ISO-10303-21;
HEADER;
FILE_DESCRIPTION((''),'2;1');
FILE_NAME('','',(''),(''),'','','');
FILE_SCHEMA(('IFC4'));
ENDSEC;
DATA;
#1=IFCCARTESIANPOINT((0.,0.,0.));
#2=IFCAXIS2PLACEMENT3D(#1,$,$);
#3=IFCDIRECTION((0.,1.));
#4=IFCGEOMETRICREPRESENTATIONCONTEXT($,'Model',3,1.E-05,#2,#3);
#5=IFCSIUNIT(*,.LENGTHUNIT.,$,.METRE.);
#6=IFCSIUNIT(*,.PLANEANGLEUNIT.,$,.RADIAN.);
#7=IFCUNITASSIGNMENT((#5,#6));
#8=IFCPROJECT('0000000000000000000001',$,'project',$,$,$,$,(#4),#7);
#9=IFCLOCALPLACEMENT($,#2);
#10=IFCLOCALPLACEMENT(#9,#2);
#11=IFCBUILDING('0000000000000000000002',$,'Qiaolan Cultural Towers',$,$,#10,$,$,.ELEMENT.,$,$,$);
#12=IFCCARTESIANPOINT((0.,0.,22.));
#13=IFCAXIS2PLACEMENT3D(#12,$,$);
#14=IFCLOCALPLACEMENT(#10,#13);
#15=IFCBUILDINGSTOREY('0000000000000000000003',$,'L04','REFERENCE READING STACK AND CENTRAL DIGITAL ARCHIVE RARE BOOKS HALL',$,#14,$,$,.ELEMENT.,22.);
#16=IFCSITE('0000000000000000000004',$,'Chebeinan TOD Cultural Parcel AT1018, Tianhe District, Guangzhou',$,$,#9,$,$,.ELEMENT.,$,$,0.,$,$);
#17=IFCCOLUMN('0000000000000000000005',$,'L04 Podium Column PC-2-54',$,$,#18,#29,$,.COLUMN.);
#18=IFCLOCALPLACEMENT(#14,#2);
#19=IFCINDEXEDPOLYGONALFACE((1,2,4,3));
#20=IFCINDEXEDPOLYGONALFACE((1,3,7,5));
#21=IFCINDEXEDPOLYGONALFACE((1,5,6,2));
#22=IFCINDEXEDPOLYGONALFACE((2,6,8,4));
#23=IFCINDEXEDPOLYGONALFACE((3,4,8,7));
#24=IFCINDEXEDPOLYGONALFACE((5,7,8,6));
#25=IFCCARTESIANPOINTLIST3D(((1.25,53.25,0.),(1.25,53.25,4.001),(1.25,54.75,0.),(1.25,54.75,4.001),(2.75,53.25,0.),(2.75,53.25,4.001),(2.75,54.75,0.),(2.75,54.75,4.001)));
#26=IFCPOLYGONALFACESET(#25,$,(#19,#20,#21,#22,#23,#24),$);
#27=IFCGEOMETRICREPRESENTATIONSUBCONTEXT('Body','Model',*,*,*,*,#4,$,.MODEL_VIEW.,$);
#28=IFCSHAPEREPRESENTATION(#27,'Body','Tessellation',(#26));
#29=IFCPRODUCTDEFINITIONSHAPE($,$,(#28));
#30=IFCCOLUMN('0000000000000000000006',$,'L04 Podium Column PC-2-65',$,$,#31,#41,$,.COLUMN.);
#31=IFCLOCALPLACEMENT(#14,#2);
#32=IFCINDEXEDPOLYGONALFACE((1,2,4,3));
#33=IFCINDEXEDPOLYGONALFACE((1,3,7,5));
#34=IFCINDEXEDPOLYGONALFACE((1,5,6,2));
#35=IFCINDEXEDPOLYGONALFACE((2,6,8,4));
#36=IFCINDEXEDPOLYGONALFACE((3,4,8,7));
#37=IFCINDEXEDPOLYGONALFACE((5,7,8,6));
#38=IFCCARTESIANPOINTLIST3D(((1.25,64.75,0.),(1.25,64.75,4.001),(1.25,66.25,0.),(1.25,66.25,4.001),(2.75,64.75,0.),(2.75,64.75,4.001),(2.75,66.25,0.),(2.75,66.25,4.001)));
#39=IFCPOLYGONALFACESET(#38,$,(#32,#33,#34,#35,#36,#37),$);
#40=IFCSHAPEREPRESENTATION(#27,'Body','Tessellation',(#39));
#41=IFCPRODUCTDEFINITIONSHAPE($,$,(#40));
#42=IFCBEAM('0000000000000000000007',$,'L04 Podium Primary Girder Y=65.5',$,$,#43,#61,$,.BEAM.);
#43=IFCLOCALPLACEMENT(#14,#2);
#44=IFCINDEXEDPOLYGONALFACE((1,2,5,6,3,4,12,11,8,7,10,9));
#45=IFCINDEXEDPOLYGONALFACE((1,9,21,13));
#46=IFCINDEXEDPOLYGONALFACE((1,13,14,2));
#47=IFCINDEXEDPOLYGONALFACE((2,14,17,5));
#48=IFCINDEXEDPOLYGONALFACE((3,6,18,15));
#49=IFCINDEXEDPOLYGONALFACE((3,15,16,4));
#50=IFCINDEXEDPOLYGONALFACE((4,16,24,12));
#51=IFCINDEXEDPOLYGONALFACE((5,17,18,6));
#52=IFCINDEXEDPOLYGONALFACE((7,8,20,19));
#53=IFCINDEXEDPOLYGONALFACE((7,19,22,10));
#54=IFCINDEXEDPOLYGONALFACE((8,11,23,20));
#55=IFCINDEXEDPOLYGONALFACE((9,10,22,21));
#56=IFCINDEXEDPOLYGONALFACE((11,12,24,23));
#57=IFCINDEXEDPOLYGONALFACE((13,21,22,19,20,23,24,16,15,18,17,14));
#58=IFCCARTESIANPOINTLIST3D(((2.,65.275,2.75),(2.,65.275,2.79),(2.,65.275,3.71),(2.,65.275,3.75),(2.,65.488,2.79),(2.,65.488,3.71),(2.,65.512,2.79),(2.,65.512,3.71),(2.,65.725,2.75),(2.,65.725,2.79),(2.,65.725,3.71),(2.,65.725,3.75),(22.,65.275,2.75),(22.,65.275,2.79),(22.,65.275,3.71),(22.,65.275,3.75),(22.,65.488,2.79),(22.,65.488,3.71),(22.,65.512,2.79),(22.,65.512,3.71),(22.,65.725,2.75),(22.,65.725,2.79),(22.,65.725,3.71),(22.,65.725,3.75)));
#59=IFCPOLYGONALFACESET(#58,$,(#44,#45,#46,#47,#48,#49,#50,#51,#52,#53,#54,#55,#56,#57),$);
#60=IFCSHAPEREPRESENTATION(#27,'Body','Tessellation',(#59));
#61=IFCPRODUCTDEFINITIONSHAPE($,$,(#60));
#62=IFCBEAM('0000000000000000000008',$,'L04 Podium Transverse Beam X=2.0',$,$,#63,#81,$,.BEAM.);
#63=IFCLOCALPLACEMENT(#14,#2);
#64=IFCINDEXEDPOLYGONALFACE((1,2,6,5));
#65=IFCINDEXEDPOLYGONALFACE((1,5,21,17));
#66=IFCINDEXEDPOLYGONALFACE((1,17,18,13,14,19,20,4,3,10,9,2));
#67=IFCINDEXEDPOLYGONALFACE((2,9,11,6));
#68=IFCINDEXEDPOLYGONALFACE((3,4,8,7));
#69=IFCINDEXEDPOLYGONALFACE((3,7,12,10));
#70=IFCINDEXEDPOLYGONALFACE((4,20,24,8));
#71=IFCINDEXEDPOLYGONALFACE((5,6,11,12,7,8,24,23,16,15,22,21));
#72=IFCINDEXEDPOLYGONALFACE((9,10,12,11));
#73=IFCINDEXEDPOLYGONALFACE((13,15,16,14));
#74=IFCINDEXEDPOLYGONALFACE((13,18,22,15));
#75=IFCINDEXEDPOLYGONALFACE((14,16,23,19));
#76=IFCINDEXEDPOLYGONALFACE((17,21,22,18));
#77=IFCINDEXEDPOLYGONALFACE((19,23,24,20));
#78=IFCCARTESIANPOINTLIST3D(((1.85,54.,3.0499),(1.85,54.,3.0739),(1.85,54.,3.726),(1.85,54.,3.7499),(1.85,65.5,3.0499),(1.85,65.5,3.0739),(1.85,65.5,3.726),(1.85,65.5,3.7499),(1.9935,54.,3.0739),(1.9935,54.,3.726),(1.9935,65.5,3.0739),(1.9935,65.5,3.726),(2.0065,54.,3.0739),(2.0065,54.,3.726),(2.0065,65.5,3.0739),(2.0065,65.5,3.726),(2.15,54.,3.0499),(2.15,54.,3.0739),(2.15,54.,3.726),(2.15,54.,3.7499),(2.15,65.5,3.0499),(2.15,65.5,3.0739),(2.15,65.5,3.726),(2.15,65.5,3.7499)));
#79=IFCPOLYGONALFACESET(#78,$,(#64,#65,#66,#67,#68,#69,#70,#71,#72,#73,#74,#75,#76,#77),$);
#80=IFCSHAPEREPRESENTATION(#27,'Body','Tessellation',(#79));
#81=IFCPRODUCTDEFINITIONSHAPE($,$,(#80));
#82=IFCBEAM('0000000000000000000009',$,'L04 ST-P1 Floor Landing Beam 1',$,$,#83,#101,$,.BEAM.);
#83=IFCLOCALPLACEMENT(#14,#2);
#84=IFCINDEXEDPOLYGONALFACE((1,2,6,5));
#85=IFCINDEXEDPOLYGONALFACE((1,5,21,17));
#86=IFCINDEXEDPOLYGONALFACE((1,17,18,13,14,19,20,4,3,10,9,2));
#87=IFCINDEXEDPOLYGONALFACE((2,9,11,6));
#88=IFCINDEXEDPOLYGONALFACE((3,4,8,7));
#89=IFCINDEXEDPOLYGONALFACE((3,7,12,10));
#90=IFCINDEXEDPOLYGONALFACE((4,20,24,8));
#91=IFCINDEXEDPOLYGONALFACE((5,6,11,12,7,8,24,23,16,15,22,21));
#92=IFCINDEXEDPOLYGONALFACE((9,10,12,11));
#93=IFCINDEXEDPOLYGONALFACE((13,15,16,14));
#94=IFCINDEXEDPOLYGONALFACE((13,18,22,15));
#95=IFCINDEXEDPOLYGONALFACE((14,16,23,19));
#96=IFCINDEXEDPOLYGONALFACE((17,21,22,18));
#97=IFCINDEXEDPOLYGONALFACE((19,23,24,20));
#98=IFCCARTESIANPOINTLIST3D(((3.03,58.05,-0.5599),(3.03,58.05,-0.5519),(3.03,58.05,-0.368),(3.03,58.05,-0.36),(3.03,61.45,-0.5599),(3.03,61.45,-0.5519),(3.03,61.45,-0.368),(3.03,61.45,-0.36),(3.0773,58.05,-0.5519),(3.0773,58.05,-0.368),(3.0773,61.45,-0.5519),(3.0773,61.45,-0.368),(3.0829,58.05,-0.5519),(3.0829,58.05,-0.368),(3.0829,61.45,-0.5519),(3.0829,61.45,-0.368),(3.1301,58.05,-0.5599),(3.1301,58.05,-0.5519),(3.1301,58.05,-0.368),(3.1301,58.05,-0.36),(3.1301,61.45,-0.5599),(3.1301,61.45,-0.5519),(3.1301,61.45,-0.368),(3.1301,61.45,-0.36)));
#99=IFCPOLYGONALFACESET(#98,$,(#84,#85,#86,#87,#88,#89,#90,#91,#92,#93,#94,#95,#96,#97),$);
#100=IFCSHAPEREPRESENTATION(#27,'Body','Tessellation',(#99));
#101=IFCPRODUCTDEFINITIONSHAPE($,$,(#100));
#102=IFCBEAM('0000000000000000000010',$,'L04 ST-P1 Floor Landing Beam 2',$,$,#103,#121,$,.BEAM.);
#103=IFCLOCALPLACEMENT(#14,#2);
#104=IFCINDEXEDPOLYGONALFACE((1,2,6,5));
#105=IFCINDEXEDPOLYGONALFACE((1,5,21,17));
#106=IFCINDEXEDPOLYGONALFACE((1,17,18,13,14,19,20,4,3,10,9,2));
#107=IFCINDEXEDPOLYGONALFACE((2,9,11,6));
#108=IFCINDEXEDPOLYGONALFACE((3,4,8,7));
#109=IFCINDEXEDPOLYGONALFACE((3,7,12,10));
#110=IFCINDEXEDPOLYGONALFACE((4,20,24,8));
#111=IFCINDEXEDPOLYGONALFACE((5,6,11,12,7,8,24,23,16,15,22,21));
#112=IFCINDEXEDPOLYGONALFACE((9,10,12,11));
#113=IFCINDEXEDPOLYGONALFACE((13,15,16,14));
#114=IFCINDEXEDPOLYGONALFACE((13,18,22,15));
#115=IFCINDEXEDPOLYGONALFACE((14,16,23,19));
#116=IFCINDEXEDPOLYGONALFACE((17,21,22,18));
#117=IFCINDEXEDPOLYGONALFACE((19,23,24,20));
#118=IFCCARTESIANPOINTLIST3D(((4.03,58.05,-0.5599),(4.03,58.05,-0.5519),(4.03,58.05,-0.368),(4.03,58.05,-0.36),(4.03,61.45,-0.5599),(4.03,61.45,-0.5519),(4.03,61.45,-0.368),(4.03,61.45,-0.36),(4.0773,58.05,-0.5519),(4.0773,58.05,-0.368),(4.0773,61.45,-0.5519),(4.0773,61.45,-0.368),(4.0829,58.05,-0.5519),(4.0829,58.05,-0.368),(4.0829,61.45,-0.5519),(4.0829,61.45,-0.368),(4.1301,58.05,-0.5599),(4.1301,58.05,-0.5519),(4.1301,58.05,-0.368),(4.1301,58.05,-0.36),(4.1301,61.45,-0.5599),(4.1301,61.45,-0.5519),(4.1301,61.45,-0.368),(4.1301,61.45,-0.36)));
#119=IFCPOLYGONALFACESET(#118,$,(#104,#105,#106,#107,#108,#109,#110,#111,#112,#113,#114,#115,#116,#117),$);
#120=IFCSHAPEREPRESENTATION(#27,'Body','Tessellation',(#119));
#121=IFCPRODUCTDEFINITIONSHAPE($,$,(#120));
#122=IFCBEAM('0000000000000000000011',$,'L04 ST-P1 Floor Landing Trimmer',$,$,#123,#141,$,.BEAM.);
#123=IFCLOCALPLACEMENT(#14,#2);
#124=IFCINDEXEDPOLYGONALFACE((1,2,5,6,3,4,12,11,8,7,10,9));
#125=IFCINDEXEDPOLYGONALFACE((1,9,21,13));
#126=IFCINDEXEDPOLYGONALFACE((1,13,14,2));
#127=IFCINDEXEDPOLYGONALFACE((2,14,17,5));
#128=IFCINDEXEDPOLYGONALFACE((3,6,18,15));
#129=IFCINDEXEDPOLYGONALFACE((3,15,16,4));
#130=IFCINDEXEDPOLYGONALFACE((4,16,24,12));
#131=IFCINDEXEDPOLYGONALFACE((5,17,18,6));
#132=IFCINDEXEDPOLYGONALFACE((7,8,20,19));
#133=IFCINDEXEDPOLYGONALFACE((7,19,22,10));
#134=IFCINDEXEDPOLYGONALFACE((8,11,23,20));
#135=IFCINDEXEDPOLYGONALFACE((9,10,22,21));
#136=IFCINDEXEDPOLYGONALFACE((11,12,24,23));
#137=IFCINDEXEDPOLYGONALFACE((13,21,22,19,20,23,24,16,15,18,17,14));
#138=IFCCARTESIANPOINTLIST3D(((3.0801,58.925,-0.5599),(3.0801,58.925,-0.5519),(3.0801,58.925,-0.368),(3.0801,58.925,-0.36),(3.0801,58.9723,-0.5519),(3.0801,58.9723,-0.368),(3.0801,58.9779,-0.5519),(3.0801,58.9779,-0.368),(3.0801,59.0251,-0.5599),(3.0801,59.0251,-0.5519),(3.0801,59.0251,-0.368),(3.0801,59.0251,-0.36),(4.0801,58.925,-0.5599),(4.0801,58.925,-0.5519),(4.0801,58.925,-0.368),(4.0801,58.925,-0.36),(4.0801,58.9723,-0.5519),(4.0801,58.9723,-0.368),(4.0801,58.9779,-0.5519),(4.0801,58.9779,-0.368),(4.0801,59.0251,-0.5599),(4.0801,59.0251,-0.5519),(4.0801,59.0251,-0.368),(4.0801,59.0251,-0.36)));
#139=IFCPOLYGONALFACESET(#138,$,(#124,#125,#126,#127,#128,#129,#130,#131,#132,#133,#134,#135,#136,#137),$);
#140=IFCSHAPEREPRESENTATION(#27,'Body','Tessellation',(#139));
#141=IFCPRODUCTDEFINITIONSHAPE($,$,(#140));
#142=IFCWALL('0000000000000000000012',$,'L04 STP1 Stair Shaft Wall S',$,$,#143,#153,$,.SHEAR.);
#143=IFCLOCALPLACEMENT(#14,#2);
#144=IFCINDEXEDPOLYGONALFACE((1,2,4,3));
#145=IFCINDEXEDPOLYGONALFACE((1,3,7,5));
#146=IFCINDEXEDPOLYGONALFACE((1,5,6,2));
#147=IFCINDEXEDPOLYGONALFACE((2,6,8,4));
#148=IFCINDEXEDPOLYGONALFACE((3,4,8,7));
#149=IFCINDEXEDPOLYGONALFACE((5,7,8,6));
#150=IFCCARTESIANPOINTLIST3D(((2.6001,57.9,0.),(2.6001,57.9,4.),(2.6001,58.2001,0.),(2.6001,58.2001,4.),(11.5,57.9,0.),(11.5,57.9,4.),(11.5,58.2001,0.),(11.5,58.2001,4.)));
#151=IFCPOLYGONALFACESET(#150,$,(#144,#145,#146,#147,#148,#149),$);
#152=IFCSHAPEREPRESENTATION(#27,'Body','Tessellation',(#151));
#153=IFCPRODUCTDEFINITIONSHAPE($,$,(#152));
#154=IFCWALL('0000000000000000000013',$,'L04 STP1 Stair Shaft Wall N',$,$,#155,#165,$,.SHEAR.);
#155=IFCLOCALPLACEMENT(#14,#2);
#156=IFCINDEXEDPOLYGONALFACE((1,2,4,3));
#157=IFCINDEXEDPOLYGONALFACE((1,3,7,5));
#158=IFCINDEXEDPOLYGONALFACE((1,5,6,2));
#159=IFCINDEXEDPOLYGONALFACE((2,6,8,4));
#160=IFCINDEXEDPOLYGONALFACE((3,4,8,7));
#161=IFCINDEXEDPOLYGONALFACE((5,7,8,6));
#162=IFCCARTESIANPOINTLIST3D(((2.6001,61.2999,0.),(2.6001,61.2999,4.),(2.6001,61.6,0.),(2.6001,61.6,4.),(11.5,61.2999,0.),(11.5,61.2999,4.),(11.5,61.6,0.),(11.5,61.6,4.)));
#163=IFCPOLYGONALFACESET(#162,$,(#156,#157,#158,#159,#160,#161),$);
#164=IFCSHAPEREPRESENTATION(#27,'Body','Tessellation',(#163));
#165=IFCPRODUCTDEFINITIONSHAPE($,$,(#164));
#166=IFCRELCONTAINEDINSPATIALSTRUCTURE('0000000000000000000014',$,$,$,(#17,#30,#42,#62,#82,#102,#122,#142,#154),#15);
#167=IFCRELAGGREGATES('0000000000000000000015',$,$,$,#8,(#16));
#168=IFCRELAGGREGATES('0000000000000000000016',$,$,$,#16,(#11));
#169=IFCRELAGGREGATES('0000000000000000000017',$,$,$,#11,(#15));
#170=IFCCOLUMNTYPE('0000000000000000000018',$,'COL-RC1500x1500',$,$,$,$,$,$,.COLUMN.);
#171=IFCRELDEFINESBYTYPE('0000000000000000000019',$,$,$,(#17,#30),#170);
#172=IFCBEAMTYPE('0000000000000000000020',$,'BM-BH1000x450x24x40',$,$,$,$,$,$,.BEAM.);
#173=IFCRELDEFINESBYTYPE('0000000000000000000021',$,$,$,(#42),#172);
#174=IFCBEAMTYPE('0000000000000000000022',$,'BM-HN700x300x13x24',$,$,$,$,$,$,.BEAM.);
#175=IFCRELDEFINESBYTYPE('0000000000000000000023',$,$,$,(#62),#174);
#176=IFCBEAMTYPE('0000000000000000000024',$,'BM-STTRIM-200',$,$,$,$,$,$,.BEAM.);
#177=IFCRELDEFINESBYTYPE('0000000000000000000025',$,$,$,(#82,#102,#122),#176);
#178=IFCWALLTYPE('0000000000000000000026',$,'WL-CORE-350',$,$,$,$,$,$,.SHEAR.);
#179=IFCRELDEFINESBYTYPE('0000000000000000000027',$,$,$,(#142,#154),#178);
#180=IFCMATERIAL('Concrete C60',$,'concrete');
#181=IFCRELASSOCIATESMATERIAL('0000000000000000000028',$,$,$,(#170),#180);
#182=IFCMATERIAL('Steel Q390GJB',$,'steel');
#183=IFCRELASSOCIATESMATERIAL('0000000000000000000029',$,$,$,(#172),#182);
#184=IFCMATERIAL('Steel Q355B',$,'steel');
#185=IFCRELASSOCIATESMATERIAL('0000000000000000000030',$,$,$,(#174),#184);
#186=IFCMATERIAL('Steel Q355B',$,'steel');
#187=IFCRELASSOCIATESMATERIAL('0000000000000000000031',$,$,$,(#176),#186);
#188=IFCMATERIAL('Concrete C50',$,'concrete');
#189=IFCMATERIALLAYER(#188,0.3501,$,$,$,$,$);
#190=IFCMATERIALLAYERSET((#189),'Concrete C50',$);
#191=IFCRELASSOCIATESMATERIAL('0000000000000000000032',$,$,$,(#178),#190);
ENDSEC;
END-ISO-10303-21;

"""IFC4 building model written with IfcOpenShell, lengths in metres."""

from ifc_helpers import new_model, si_unit, direction, frame, frame_2d, origin, origin_2d, place, context, subcontext, project, spatial, rectangle, i_section, extrude, material, layer, layer_set, material_profile, profile_set, type_object, element, save


model = new_model("IFC4")

# Units and contexts
model_context = context("Model", 3, precision=1e-05, world=origin(), true_north=direction((0.0, 1.0)))
body_context = subcontext(model_context, "Body", "Model", "MODEL_VIEW")
ifc_project = project(units=[si_unit("LENGTHUNIT", "METRE"), si_unit("PLANEANGLEUNIT", "RADIAN")], contexts=[model_context])

# Site, building, storey
site_placement = place(None, origin())
site = spatial("IfcSite", under=ifc_project, at=site_placement, Name="Chebeinan TOD Cultural Parcel AT1018, Tianhe District, Guangzhou", CompositionType="ELEMENT", RefElevation=0.0)
building_placement = place(site_placement, origin())
building = spatial("IfcBuilding", under=site, at=building_placement, Name="Qiaolan Cultural Towers", CompositionType="ELEMENT")
storey_placement = place(building_placement, frame((0.0, 0.0, 22.0)))
storey = spatial("IfcBuildingStorey", under=building, at=storey_placement, Name="L04", Description="REFERENCE READING STACK AND CENTRAL DIGITAL ARCHIVE RARE BOOKS HALL", CompositionType="ELEMENT", Elevation=22.0)

# Columns
ifc_material_1 = material(Name="Concrete C60", Category="concrete")
ifc_material_profile_1 = material_profile(ifc_material_1, rectangle(XDim=1.5, YDim=1.5, at=origin_2d()), Name="RC1500x1500")
ifc_profile_set_1 = profile_set([ifc_material_profile_1], Name="Concrete C60")
column_type = type_object("IfcColumnType", Name="COL-RC1500x1500", PredefinedType="COLUMN", material=ifc_profile_set_1)
for number, where, z_axis, x_axis, name in (
    (1, (2.0, 54.0, 0.0), (0.0, 0.0, 1.0), (1.0, 0.0, 0.0), "L04 Podium Column PC-2-54"),
    (2, (2.0, 65.5, 0.0), (0.0, 0.0, 1.0), (1.0, 0.0, 0.0), "L04 Podium Column PC-2-65"),
):
    element("IfcColumn", number, at=place(storey_placement, frame(where, z_axis=z_axis, x_axis=x_axis)), inside=storey, type_object=column_type, Name=name, PredefinedType="COLUMN", context=body_context, shape_type="SweptSolid", body=[
        extrude(rectangle(XDim=1.5, YDim=1.5, at=origin_2d()), origin(), (0.0, 0.0, 1.0), 4.001),
    ])

# Beams
ifc_material_2 = material(Name="Steel Q390GJB", Category="steel")
ifc_material_profile_2 = material_profile(ifc_material_2, i_section(OverallWidth=0.45, OverallDepth=1.0, WebThickness=0.0239, FlangeThickness=0.04, at=origin_2d()), Name="BH1000x450x24x40")
ifc_profile_set_2 = profile_set([ifc_material_profile_2], Name="Steel Q390GJB")
beam_type_1 = type_object("IfcBeamType", Name="BM-BH1000x450x24x40", PredefinedType="BEAM", material=ifc_profile_set_2)
beam_1_placement = place(storey_placement, frame((2.0, 65.5, 3.25), z_axis=(1.0, 0.0, 0.0), x_axis=(0.0, 1.0, 0.0)))
element("IfcBeam", 3, at=beam_1_placement, inside=storey, type_object=beam_type_1, Name="L04 Podium Primary Girder Y=65.5", PredefinedType="BEAM", context=body_context, shape_type="SweptSolid", body=[
    extrude(i_section(OverallWidth=0.45, OverallDepth=1.0, WebThickness=0.0239, FlangeThickness=0.04, at=origin_2d()), origin(), (0.0, 0.0, 1.0), 20.0),
])
ifc_material_3 = material(Name="Steel Q355B", Category="steel")
ifc_material_profile_3 = material_profile(ifc_material_3, i_section(OverallWidth=0.3, OverallDepth=0.7, WebThickness=0.0129, FlangeThickness=0.0239, at=origin_2d()), Name="HN700x300x13x24")
ifc_profile_set_3 = profile_set([ifc_material_profile_3], Name="Steel Q355B")
beam_type_2 = type_object("IfcBeamType", Name="BM-HN700x300x13x24", PredefinedType="BEAM", material=ifc_profile_set_3)
beam_2_placement = place(storey_placement, frame((2.0, 54.0, 3.3999), z_axis=(0.0, 1.0, 0.0), x_axis=(-1.0, 0.0, 0.0)))
element("IfcBeam", 4, at=beam_2_placement, inside=storey, type_object=beam_type_2, Name="L04 Podium Transverse Beam X=2.0", PredefinedType="BEAM", context=body_context, shape_type="SweptSolid", body=[
    extrude(i_section(OverallWidth=0.3, OverallDepth=0.7, WebThickness=0.0129, FlangeThickness=0.0239, at=origin_2d()), origin(), (0.0, 0.0, 1.0), 11.5),
])
ifc_material_4 = material(Name="Steel Q355B", Category="steel")
ifc_material_profile_4 = material_profile(ifc_material_4, i_section(OverallWidth=0.1001, OverallDepth=0.2, WebThickness=0.0056, FlangeThickness=0.0081, at=origin_2d()), Name="HN200x100x5.5x8")
ifc_profile_set_4 = profile_set([ifc_material_profile_4], Name="Steel Q355B")
beam_type_3 = type_object("IfcBeamType", Name="BM-STTRIM-200", PredefinedType="BEAM", material=ifc_profile_set_4)
for number, where, z_axis, x_axis, name in (
    (5, (3.0801, 58.05, -0.46), (0.0, 1.0, 0.0), (-1.0, 0.0, 0.0), "L04 ST-P1 Floor Landing Beam 1"),
    (6, (4.0801, 58.05, -0.46), (0.0, 1.0, 0.0), (-1.0, 0.0, 0.0), "L04 ST-P1 Floor Landing Beam 2"),
):
    element("IfcBeam", number, at=place(storey_placement, frame(where, z_axis=z_axis, x_axis=x_axis)), inside=storey, type_object=beam_type_3, Name=name, PredefinedType="BEAM", context=body_context, shape_type="SweptSolid", body=[
        extrude(i_section(OverallWidth=0.1001, OverallDepth=0.2, WebThickness=0.0056, FlangeThickness=0.0081, at=origin_2d()), origin(), (0.0, 0.0, 1.0), 3.3999),
    ])
beam_3_placement = place(storey_placement, frame((3.0801, 58.9751, -0.46), z_axis=(1.0, 0.0, 0.0), x_axis=(0.0, 1.0, 0.0)))
element("IfcBeam", 7, at=beam_3_placement, inside=storey, type_object=beam_type_3, Name="L04 ST-P1 Floor Landing Trimmer", PredefinedType="BEAM", context=body_context, shape_type="SweptSolid", body=[
    extrude(i_section(OverallWidth=0.1001, OverallDepth=0.2, WebThickness=0.0056, FlangeThickness=0.0081, at=origin_2d()), origin(), (0.0, 0.0, 1.0), 1.0),
])

# Walls
ifc_material_5 = material(Name="Concrete C50", Category="concrete")
ifc_layer_1 = layer(ifc_material_5, 0.3501)
ifc_layer_set_1 = layer_set([ifc_layer_1], Name="Concrete C50")
wall_type_1 = type_object("IfcWallType", Name="WL-CORE-350", PredefinedType="SHEAR", material=ifc_layer_set_1)
for number, where, z_axis, x_axis, name in (
    (8, (2.6001, 58.05, 0.0), (0.0, 0.0, 1.0), (1.0, 0.0, 0.0), "L04 STP1 Stair Shaft Wall S"),
    (9, (2.6001, 61.45, 0.0), (0.0, 0.0, 1.0), (1.0, 0.0, 0.0), "L04 STP1 Stair Shaft Wall N"),
):
    element("IfcWall", number, at=place(storey_placement, frame(where, z_axis=z_axis, x_axis=x_axis)), inside=storey, type_object=wall_type_1, Name=name, PredefinedType="SHEAR", context=body_context, shape_type="SweptSolid", body=[
        extrude(rectangle(XDim=8.8999, YDim=0.3, at=frame_2d((4.45, 0.0))), origin(), (0.0, 0.0, 1.0), 4.0),
    ])

save(model, "model.ifc")
